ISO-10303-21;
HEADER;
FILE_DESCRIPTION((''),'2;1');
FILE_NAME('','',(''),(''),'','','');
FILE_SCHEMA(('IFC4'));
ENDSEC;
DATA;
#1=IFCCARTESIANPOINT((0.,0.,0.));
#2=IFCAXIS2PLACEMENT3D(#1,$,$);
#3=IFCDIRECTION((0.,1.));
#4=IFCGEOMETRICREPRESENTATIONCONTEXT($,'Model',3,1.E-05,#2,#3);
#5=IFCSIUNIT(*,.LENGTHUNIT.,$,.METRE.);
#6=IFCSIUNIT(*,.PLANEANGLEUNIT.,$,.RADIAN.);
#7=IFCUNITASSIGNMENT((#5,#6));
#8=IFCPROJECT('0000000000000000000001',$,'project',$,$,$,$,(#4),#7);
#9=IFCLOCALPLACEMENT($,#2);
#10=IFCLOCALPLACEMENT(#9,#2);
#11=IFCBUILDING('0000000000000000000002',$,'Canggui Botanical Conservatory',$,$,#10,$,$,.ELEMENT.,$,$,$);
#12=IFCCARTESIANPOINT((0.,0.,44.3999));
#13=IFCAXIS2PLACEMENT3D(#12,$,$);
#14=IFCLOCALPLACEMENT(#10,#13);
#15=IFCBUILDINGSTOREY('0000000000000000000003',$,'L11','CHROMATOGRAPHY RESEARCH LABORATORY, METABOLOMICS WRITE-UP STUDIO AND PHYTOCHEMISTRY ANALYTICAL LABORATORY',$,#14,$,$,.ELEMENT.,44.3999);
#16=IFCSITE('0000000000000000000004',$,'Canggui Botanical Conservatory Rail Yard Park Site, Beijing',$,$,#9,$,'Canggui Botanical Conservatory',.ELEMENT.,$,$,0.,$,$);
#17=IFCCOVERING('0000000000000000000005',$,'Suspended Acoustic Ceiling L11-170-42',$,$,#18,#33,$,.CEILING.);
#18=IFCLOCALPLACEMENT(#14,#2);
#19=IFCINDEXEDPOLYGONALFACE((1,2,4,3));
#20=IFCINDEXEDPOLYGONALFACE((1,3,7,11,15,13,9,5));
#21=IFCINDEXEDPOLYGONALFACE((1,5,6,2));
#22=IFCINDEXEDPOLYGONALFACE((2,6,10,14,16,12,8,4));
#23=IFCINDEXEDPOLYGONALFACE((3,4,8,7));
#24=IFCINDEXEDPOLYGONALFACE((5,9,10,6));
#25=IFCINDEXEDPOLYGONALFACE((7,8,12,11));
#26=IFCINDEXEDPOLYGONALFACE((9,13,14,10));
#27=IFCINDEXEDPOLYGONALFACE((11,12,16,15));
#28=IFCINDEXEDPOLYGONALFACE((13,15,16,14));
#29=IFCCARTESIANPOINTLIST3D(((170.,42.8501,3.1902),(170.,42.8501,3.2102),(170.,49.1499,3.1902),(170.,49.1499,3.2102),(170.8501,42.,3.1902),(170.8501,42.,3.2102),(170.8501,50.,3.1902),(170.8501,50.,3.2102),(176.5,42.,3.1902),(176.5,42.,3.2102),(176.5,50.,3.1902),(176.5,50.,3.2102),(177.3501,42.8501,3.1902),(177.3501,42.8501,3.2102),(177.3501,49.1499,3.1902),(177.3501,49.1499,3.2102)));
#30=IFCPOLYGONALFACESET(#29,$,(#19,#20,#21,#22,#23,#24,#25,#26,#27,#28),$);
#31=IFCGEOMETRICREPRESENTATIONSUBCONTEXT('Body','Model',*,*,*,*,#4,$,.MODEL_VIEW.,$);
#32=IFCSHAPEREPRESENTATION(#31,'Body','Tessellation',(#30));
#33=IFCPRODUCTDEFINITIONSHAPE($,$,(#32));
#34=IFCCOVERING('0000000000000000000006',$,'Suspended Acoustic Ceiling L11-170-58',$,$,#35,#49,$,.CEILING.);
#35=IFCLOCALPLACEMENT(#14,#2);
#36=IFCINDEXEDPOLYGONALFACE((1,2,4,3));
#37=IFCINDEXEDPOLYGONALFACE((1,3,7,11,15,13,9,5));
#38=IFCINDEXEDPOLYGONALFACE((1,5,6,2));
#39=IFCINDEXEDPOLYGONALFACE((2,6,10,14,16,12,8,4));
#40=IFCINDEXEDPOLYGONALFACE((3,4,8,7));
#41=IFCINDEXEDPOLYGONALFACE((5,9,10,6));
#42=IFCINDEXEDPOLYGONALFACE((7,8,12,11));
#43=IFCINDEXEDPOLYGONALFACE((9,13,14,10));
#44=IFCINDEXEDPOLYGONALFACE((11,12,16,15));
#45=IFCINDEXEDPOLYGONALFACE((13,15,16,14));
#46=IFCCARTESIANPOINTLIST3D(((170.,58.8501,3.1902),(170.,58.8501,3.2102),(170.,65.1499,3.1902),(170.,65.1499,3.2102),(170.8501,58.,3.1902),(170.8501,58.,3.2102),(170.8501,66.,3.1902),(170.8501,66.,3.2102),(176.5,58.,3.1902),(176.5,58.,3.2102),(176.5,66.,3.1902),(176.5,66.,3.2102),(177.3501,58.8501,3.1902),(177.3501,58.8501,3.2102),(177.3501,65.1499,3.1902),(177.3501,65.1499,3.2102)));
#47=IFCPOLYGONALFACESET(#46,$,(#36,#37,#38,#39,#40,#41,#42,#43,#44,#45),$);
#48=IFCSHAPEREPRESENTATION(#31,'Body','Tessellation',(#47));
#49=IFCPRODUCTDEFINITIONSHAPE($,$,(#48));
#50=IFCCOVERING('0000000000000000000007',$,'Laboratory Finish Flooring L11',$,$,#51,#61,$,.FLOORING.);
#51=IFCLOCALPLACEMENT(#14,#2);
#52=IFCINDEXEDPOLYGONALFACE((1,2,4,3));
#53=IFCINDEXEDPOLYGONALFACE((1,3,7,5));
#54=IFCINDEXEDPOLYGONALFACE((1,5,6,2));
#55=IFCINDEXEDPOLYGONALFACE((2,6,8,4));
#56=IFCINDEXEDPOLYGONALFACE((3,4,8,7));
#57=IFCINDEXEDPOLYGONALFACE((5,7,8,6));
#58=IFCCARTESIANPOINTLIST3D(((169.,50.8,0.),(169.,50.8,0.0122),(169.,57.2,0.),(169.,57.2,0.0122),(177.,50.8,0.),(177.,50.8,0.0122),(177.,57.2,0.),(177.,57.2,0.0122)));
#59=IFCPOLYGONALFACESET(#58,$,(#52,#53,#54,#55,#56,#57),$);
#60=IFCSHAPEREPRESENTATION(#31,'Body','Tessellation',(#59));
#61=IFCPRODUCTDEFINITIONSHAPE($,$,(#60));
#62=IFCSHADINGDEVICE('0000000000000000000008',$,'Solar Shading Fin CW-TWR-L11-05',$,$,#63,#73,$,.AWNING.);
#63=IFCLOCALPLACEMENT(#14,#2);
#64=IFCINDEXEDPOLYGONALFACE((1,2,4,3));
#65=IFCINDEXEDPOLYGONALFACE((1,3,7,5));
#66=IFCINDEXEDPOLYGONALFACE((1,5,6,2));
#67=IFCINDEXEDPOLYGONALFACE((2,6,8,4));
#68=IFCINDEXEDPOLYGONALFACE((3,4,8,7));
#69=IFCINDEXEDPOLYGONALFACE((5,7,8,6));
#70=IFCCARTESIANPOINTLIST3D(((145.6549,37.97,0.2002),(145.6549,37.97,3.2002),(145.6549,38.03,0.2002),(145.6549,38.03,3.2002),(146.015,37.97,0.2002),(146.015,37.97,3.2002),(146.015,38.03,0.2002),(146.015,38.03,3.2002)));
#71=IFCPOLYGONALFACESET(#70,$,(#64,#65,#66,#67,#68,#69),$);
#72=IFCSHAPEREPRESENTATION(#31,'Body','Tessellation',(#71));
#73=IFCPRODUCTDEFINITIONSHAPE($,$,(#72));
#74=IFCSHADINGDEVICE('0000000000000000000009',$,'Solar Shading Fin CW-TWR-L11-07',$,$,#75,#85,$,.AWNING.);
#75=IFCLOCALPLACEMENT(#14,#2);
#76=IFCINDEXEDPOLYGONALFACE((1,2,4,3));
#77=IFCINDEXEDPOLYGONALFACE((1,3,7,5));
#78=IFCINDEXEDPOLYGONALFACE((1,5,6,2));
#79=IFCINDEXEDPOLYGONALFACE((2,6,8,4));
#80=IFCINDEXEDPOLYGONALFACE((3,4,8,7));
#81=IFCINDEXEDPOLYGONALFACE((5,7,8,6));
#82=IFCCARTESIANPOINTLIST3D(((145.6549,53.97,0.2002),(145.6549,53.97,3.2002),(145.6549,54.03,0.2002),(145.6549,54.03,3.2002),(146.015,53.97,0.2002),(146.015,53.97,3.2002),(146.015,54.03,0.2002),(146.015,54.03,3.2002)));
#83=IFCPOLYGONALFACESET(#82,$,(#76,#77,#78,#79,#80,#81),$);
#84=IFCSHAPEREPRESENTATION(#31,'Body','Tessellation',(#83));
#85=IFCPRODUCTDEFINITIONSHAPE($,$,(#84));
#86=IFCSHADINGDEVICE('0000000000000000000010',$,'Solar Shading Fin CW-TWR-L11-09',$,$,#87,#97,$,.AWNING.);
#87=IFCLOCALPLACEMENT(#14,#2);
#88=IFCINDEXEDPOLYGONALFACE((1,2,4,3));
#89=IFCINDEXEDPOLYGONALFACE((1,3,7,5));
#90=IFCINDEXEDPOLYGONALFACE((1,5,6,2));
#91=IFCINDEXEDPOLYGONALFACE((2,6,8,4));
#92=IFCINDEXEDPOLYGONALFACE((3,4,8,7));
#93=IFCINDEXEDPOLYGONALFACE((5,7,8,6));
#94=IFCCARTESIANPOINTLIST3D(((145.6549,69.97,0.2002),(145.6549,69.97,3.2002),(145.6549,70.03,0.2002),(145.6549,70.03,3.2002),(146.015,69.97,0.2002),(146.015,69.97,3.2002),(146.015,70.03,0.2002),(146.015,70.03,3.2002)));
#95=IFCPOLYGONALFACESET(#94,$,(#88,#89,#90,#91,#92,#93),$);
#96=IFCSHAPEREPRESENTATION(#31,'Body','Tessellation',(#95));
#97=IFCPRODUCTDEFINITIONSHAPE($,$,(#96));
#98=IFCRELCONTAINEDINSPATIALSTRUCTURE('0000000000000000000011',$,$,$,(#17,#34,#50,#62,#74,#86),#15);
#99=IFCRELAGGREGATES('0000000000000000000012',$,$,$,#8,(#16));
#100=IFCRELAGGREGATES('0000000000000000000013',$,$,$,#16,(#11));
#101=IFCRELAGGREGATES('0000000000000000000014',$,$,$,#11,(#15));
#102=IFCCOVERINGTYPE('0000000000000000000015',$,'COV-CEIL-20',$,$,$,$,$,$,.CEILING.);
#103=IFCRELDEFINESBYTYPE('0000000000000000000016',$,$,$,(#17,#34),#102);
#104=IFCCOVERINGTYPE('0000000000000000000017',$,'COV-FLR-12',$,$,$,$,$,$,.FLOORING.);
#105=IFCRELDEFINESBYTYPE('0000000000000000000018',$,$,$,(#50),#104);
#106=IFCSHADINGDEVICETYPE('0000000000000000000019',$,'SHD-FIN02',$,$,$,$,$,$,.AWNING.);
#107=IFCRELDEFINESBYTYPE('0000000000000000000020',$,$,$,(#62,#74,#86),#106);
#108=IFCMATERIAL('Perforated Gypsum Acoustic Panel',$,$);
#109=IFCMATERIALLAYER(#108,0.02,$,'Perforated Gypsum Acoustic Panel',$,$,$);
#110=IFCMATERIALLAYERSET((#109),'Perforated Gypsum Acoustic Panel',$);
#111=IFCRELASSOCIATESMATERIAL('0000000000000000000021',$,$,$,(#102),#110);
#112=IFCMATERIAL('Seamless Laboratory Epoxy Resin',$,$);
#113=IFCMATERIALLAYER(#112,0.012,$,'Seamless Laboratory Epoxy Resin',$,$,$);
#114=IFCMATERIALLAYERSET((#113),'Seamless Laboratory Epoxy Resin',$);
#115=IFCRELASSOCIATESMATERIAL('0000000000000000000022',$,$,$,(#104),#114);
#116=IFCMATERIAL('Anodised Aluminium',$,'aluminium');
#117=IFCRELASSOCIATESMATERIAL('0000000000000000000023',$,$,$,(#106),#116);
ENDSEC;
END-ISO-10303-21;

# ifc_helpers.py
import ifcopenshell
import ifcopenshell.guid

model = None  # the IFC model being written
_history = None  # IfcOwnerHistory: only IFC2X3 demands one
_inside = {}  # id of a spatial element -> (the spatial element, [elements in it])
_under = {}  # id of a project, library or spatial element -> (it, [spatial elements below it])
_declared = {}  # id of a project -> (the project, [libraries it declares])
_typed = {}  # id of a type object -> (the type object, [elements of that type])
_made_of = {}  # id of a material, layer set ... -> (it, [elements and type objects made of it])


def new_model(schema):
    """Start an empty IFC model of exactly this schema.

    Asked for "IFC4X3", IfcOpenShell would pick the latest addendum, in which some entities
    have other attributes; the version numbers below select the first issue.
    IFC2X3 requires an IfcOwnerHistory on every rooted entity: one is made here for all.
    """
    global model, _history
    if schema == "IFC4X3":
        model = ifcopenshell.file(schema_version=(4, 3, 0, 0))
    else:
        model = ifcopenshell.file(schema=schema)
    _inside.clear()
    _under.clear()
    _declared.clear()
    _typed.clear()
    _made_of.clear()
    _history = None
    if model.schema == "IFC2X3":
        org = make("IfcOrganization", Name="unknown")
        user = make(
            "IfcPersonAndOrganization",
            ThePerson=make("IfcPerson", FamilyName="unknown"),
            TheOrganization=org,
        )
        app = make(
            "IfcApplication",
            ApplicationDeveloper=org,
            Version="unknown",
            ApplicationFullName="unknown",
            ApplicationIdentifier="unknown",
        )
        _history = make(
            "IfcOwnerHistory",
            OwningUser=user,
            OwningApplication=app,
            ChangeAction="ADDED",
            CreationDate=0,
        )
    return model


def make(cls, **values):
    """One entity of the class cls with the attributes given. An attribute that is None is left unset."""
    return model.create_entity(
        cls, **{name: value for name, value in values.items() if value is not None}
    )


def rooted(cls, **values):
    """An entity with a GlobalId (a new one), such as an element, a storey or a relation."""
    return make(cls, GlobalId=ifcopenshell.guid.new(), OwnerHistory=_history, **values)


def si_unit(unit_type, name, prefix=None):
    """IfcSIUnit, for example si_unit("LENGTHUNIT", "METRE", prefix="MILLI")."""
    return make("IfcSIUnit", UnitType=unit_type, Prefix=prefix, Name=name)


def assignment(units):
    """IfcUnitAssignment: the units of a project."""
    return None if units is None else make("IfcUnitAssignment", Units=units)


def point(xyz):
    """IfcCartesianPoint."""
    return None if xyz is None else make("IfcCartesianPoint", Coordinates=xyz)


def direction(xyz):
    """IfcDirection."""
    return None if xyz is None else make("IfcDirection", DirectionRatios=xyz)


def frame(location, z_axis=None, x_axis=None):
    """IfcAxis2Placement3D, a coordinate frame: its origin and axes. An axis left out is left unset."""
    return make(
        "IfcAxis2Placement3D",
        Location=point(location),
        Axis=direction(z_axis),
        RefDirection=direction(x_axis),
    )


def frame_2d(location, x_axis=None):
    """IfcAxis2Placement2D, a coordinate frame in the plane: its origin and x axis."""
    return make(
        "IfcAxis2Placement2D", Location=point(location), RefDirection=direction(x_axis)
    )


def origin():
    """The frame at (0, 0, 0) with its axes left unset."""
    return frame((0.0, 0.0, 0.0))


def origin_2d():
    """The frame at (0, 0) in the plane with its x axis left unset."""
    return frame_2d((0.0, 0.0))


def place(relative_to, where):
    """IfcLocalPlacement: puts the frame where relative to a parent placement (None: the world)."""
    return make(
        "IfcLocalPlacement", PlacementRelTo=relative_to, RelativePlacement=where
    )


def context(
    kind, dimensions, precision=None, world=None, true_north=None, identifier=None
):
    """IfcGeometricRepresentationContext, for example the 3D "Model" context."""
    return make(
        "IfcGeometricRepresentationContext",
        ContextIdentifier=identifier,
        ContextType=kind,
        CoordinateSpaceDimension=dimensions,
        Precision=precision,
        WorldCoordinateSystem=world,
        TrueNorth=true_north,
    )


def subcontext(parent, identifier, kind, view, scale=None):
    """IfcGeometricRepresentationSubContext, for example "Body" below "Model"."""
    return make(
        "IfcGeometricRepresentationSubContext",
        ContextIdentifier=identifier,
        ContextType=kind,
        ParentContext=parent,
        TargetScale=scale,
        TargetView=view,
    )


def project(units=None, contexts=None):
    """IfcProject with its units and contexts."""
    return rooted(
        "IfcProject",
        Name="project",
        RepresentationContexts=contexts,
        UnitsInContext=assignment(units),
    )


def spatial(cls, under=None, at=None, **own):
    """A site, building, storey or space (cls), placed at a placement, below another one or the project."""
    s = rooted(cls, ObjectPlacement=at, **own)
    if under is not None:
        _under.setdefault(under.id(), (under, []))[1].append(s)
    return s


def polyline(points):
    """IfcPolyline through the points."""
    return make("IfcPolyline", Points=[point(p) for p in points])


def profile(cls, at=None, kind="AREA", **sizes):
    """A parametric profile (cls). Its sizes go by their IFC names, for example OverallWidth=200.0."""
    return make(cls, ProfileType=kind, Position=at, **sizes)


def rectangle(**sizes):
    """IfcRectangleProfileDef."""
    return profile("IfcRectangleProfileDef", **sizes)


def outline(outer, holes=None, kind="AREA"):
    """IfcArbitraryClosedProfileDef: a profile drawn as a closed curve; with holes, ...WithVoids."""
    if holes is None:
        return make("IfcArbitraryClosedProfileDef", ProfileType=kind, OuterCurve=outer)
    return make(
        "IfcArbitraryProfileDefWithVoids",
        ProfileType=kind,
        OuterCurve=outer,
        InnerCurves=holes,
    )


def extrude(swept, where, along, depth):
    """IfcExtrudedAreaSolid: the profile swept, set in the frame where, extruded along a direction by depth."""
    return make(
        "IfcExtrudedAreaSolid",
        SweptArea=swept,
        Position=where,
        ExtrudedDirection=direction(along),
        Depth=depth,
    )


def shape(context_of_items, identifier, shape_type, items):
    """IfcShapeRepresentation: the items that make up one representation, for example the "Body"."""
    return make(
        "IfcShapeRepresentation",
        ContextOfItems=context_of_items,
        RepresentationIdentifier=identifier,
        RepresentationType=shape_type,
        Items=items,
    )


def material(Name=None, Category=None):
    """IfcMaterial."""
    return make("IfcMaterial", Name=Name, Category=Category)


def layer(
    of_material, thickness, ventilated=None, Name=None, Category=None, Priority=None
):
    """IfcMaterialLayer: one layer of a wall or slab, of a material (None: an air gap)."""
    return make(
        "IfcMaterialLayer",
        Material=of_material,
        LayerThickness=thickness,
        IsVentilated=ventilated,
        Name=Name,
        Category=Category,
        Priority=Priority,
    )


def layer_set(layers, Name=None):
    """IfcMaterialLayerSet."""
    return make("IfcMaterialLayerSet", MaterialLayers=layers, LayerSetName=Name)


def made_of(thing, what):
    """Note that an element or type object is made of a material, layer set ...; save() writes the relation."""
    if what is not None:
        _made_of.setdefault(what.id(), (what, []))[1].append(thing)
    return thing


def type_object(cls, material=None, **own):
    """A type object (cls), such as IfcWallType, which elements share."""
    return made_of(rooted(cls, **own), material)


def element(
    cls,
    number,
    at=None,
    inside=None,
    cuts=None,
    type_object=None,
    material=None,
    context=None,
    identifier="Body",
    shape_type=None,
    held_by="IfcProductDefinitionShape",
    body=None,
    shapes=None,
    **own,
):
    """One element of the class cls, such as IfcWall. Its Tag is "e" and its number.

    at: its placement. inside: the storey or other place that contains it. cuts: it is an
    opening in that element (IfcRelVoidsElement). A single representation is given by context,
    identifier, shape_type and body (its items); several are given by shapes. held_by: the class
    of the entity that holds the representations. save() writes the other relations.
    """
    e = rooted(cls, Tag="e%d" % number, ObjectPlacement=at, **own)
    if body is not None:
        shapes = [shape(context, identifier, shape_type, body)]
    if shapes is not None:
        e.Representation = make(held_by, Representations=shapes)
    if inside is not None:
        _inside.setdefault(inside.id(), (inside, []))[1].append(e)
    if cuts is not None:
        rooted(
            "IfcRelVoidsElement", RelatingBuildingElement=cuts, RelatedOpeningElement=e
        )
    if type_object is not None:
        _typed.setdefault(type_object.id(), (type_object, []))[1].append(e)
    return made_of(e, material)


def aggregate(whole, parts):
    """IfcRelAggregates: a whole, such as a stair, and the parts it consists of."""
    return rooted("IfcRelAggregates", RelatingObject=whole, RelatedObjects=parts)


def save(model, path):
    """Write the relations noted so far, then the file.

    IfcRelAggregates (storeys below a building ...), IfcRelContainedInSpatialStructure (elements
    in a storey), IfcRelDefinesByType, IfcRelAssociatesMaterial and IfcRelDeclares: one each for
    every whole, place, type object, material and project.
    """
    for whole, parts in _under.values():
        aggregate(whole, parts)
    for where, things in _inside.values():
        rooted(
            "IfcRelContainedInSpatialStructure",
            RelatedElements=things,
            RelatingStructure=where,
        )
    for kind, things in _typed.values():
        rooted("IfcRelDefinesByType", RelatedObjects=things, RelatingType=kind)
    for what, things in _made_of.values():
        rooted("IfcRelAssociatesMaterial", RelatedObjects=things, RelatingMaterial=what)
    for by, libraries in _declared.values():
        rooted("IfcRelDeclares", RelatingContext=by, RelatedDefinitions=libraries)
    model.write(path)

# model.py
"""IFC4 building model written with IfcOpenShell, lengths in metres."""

from ifc_helpers import new_model, si_unit, direction, frame, origin, origin_2d, place, context, subcontext, project, spatial, polyline, rectangle, outline, extrude, material, layer, layer_set, type_object, element, save


model = new_model("IFC4")

# Units and contexts
model_context = context("Model", 3, precision=1e-05, world=origin(), true_north=direction((0.0, 1.0)))
body_context = subcontext(model_context, "Body", "Model", "MODEL_VIEW")
ifc_project = project(units=[si_unit("LENGTHUNIT", "METRE"), si_unit("PLANEANGLEUNIT", "RADIAN")], contexts=[model_context])

# Site, building, storey
site_placement = place(None, origin())
site = spatial("IfcSite", under=ifc_project, at=site_placement, Name="Canggui Botanical Conservatory Rail Yard Park Site, Beijing", LongName="Canggui Botanical Conservatory", CompositionType="ELEMENT", RefElevation=0.0)
building_placement = place(site_placement, origin())
building = spatial("IfcBuilding", under=site, at=building_placement, Name="Canggui Botanical Conservatory", CompositionType="ELEMENT")
storey_placement = place(building_placement, frame((0.0, 0.0, 44.3999)))
storey = spatial("IfcBuildingStorey", under=building, at=storey_placement, Name="L11", Description="CHROMATOGRAPHY RESEARCH LABORATORY, METABOLOMICS WRITE-UP STUDIO AND PHYTOCHEMISTRY ANALYTICAL LABORATORY", CompositionType="ELEMENT", Elevation=44.3999)

# Coverings
ifc_material_1 = material(Name="Perforated Gypsum Acoustic Panel")
ifc_layer_1 = layer(ifc_material_1, 0.02, Name="Perforated Gypsum Acoustic Panel")
ifc_layer_set_1 = layer_set([ifc_layer_1], Name="Perforated Gypsum Acoustic Panel")
covering_type_1 = type_object("IfcCoveringType", Name="COV-CEIL-20", PredefinedType="CEILING", material=ifc_layer_set_1)
covering_1_placement = place(storey_placement, frame((0.0, 0.0, 3.1902)))
element("IfcCovering", 1, at=covering_1_placement, inside=storey, type_object=covering_type_1, Name="Suspended Acoustic Ceiling L11-170-42", PredefinedType="CEILING", context=body_context, shape_type="SweptSolid", body=[
    extrude(outline(polyline([(170.8501, 42.0), (176.5, 42.0), (177.3501, 42.8501), (177.3501, 49.1499), (176.5, 50.0), (170.8501, 50.0), (170.0, 49.1499), (170.0, 42.8501), (170.8501, 42.0)])), origin(), (0.0, 0.0, 1.0), 0.02),
])
covering_2_placement = place(storey_placement, frame((0.0, 0.0, 3.1902)))
element("IfcCovering", 2, at=covering_2_placement, inside=storey, type_object=covering_type_1, Name="Suspended Acoustic Ceiling L11-170-58", PredefinedType="CEILING", context=body_context, shape_type="SweptSolid", body=[
    extrude(outline(polyline([(170.8501, 58.0), (176.5, 58.0), (177.3501, 58.8501), (177.3501, 65.1499), (176.5, 66.0), (170.8501, 66.0), (170.0, 65.1499), (170.0, 58.8501), (170.8501, 58.0)])), origin(), (0.0, 0.0, 1.0), 0.02),
])
ifc_material_2 = material(Name="Seamless Laboratory Epoxy Resin")
ifc_layer_2 = layer(ifc_material_2, 0.012, Name="Seamless Laboratory Epoxy Resin")
ifc_layer_set_2 = layer_set([ifc_layer_2], Name="Seamless Laboratory Epoxy Resin")
covering_type_2 = type_object("IfcCoveringType", Name="COV-FLR-12", PredefinedType="FLOORING", material=ifc_layer_set_2)
covering_3_placement = place(storey_placement, origin())
element("IfcCovering", 3, at=covering_3_placement, inside=storey, type_object=covering_type_2, Name="Laboratory Finish Flooring L11", PredefinedType="FLOORING", context=body_context, shape_type="SweptSolid", body=[
    extrude(outline(polyline([(169.0, 50.8), (177.0, 50.8), (177.0, 57.2), (169.0, 57.2), (169.0, 50.8)])), origin(), (0.0, 0.0, 1.0), 0.0122),
])

# Shading devices
ifc_material_3 = material(Name="Anodised Aluminium", Category="aluminium")
shading_device_type = type_object("IfcShadingDeviceType", Name="SHD-FIN02", PredefinedType="AWNING", material=ifc_material_3)
for number, where, z_axis, x_axis, name in (
    (4, (145.835, 38.0, 0.2002), (0.0, 0.0, 1.0), (0.0, 1.0, 0.0), "Solar Shading Fin CW-TWR-L11-05"),
    (5, (145.835, 54.0, 0.2002), (0.0, 0.0, 1.0), (0.0, 1.0, 0.0), "Solar Shading Fin CW-TWR-L11-07"),
    (6, (145.835, 70.0, 0.2002), (0.0, 0.0, 1.0), (0.0, 1.0, 0.0), "Solar Shading Fin CW-TWR-L11-09"),
):
    element("IfcShadingDevice", number, at=place(storey_placement, frame(where, z_axis=z_axis, x_axis=x_axis)), inside=storey, type_object=shading_device_type, Name=name, PredefinedType="AWNING", context=body_context, shape_type="SweptSolid", body=[
        extrude(rectangle(XDim=0.0601, YDim=0.3601, at=origin_2d()), origin(), (0.0, 0.0, 1.0), 3.0),
    ])

save(model, "model.ifc")
